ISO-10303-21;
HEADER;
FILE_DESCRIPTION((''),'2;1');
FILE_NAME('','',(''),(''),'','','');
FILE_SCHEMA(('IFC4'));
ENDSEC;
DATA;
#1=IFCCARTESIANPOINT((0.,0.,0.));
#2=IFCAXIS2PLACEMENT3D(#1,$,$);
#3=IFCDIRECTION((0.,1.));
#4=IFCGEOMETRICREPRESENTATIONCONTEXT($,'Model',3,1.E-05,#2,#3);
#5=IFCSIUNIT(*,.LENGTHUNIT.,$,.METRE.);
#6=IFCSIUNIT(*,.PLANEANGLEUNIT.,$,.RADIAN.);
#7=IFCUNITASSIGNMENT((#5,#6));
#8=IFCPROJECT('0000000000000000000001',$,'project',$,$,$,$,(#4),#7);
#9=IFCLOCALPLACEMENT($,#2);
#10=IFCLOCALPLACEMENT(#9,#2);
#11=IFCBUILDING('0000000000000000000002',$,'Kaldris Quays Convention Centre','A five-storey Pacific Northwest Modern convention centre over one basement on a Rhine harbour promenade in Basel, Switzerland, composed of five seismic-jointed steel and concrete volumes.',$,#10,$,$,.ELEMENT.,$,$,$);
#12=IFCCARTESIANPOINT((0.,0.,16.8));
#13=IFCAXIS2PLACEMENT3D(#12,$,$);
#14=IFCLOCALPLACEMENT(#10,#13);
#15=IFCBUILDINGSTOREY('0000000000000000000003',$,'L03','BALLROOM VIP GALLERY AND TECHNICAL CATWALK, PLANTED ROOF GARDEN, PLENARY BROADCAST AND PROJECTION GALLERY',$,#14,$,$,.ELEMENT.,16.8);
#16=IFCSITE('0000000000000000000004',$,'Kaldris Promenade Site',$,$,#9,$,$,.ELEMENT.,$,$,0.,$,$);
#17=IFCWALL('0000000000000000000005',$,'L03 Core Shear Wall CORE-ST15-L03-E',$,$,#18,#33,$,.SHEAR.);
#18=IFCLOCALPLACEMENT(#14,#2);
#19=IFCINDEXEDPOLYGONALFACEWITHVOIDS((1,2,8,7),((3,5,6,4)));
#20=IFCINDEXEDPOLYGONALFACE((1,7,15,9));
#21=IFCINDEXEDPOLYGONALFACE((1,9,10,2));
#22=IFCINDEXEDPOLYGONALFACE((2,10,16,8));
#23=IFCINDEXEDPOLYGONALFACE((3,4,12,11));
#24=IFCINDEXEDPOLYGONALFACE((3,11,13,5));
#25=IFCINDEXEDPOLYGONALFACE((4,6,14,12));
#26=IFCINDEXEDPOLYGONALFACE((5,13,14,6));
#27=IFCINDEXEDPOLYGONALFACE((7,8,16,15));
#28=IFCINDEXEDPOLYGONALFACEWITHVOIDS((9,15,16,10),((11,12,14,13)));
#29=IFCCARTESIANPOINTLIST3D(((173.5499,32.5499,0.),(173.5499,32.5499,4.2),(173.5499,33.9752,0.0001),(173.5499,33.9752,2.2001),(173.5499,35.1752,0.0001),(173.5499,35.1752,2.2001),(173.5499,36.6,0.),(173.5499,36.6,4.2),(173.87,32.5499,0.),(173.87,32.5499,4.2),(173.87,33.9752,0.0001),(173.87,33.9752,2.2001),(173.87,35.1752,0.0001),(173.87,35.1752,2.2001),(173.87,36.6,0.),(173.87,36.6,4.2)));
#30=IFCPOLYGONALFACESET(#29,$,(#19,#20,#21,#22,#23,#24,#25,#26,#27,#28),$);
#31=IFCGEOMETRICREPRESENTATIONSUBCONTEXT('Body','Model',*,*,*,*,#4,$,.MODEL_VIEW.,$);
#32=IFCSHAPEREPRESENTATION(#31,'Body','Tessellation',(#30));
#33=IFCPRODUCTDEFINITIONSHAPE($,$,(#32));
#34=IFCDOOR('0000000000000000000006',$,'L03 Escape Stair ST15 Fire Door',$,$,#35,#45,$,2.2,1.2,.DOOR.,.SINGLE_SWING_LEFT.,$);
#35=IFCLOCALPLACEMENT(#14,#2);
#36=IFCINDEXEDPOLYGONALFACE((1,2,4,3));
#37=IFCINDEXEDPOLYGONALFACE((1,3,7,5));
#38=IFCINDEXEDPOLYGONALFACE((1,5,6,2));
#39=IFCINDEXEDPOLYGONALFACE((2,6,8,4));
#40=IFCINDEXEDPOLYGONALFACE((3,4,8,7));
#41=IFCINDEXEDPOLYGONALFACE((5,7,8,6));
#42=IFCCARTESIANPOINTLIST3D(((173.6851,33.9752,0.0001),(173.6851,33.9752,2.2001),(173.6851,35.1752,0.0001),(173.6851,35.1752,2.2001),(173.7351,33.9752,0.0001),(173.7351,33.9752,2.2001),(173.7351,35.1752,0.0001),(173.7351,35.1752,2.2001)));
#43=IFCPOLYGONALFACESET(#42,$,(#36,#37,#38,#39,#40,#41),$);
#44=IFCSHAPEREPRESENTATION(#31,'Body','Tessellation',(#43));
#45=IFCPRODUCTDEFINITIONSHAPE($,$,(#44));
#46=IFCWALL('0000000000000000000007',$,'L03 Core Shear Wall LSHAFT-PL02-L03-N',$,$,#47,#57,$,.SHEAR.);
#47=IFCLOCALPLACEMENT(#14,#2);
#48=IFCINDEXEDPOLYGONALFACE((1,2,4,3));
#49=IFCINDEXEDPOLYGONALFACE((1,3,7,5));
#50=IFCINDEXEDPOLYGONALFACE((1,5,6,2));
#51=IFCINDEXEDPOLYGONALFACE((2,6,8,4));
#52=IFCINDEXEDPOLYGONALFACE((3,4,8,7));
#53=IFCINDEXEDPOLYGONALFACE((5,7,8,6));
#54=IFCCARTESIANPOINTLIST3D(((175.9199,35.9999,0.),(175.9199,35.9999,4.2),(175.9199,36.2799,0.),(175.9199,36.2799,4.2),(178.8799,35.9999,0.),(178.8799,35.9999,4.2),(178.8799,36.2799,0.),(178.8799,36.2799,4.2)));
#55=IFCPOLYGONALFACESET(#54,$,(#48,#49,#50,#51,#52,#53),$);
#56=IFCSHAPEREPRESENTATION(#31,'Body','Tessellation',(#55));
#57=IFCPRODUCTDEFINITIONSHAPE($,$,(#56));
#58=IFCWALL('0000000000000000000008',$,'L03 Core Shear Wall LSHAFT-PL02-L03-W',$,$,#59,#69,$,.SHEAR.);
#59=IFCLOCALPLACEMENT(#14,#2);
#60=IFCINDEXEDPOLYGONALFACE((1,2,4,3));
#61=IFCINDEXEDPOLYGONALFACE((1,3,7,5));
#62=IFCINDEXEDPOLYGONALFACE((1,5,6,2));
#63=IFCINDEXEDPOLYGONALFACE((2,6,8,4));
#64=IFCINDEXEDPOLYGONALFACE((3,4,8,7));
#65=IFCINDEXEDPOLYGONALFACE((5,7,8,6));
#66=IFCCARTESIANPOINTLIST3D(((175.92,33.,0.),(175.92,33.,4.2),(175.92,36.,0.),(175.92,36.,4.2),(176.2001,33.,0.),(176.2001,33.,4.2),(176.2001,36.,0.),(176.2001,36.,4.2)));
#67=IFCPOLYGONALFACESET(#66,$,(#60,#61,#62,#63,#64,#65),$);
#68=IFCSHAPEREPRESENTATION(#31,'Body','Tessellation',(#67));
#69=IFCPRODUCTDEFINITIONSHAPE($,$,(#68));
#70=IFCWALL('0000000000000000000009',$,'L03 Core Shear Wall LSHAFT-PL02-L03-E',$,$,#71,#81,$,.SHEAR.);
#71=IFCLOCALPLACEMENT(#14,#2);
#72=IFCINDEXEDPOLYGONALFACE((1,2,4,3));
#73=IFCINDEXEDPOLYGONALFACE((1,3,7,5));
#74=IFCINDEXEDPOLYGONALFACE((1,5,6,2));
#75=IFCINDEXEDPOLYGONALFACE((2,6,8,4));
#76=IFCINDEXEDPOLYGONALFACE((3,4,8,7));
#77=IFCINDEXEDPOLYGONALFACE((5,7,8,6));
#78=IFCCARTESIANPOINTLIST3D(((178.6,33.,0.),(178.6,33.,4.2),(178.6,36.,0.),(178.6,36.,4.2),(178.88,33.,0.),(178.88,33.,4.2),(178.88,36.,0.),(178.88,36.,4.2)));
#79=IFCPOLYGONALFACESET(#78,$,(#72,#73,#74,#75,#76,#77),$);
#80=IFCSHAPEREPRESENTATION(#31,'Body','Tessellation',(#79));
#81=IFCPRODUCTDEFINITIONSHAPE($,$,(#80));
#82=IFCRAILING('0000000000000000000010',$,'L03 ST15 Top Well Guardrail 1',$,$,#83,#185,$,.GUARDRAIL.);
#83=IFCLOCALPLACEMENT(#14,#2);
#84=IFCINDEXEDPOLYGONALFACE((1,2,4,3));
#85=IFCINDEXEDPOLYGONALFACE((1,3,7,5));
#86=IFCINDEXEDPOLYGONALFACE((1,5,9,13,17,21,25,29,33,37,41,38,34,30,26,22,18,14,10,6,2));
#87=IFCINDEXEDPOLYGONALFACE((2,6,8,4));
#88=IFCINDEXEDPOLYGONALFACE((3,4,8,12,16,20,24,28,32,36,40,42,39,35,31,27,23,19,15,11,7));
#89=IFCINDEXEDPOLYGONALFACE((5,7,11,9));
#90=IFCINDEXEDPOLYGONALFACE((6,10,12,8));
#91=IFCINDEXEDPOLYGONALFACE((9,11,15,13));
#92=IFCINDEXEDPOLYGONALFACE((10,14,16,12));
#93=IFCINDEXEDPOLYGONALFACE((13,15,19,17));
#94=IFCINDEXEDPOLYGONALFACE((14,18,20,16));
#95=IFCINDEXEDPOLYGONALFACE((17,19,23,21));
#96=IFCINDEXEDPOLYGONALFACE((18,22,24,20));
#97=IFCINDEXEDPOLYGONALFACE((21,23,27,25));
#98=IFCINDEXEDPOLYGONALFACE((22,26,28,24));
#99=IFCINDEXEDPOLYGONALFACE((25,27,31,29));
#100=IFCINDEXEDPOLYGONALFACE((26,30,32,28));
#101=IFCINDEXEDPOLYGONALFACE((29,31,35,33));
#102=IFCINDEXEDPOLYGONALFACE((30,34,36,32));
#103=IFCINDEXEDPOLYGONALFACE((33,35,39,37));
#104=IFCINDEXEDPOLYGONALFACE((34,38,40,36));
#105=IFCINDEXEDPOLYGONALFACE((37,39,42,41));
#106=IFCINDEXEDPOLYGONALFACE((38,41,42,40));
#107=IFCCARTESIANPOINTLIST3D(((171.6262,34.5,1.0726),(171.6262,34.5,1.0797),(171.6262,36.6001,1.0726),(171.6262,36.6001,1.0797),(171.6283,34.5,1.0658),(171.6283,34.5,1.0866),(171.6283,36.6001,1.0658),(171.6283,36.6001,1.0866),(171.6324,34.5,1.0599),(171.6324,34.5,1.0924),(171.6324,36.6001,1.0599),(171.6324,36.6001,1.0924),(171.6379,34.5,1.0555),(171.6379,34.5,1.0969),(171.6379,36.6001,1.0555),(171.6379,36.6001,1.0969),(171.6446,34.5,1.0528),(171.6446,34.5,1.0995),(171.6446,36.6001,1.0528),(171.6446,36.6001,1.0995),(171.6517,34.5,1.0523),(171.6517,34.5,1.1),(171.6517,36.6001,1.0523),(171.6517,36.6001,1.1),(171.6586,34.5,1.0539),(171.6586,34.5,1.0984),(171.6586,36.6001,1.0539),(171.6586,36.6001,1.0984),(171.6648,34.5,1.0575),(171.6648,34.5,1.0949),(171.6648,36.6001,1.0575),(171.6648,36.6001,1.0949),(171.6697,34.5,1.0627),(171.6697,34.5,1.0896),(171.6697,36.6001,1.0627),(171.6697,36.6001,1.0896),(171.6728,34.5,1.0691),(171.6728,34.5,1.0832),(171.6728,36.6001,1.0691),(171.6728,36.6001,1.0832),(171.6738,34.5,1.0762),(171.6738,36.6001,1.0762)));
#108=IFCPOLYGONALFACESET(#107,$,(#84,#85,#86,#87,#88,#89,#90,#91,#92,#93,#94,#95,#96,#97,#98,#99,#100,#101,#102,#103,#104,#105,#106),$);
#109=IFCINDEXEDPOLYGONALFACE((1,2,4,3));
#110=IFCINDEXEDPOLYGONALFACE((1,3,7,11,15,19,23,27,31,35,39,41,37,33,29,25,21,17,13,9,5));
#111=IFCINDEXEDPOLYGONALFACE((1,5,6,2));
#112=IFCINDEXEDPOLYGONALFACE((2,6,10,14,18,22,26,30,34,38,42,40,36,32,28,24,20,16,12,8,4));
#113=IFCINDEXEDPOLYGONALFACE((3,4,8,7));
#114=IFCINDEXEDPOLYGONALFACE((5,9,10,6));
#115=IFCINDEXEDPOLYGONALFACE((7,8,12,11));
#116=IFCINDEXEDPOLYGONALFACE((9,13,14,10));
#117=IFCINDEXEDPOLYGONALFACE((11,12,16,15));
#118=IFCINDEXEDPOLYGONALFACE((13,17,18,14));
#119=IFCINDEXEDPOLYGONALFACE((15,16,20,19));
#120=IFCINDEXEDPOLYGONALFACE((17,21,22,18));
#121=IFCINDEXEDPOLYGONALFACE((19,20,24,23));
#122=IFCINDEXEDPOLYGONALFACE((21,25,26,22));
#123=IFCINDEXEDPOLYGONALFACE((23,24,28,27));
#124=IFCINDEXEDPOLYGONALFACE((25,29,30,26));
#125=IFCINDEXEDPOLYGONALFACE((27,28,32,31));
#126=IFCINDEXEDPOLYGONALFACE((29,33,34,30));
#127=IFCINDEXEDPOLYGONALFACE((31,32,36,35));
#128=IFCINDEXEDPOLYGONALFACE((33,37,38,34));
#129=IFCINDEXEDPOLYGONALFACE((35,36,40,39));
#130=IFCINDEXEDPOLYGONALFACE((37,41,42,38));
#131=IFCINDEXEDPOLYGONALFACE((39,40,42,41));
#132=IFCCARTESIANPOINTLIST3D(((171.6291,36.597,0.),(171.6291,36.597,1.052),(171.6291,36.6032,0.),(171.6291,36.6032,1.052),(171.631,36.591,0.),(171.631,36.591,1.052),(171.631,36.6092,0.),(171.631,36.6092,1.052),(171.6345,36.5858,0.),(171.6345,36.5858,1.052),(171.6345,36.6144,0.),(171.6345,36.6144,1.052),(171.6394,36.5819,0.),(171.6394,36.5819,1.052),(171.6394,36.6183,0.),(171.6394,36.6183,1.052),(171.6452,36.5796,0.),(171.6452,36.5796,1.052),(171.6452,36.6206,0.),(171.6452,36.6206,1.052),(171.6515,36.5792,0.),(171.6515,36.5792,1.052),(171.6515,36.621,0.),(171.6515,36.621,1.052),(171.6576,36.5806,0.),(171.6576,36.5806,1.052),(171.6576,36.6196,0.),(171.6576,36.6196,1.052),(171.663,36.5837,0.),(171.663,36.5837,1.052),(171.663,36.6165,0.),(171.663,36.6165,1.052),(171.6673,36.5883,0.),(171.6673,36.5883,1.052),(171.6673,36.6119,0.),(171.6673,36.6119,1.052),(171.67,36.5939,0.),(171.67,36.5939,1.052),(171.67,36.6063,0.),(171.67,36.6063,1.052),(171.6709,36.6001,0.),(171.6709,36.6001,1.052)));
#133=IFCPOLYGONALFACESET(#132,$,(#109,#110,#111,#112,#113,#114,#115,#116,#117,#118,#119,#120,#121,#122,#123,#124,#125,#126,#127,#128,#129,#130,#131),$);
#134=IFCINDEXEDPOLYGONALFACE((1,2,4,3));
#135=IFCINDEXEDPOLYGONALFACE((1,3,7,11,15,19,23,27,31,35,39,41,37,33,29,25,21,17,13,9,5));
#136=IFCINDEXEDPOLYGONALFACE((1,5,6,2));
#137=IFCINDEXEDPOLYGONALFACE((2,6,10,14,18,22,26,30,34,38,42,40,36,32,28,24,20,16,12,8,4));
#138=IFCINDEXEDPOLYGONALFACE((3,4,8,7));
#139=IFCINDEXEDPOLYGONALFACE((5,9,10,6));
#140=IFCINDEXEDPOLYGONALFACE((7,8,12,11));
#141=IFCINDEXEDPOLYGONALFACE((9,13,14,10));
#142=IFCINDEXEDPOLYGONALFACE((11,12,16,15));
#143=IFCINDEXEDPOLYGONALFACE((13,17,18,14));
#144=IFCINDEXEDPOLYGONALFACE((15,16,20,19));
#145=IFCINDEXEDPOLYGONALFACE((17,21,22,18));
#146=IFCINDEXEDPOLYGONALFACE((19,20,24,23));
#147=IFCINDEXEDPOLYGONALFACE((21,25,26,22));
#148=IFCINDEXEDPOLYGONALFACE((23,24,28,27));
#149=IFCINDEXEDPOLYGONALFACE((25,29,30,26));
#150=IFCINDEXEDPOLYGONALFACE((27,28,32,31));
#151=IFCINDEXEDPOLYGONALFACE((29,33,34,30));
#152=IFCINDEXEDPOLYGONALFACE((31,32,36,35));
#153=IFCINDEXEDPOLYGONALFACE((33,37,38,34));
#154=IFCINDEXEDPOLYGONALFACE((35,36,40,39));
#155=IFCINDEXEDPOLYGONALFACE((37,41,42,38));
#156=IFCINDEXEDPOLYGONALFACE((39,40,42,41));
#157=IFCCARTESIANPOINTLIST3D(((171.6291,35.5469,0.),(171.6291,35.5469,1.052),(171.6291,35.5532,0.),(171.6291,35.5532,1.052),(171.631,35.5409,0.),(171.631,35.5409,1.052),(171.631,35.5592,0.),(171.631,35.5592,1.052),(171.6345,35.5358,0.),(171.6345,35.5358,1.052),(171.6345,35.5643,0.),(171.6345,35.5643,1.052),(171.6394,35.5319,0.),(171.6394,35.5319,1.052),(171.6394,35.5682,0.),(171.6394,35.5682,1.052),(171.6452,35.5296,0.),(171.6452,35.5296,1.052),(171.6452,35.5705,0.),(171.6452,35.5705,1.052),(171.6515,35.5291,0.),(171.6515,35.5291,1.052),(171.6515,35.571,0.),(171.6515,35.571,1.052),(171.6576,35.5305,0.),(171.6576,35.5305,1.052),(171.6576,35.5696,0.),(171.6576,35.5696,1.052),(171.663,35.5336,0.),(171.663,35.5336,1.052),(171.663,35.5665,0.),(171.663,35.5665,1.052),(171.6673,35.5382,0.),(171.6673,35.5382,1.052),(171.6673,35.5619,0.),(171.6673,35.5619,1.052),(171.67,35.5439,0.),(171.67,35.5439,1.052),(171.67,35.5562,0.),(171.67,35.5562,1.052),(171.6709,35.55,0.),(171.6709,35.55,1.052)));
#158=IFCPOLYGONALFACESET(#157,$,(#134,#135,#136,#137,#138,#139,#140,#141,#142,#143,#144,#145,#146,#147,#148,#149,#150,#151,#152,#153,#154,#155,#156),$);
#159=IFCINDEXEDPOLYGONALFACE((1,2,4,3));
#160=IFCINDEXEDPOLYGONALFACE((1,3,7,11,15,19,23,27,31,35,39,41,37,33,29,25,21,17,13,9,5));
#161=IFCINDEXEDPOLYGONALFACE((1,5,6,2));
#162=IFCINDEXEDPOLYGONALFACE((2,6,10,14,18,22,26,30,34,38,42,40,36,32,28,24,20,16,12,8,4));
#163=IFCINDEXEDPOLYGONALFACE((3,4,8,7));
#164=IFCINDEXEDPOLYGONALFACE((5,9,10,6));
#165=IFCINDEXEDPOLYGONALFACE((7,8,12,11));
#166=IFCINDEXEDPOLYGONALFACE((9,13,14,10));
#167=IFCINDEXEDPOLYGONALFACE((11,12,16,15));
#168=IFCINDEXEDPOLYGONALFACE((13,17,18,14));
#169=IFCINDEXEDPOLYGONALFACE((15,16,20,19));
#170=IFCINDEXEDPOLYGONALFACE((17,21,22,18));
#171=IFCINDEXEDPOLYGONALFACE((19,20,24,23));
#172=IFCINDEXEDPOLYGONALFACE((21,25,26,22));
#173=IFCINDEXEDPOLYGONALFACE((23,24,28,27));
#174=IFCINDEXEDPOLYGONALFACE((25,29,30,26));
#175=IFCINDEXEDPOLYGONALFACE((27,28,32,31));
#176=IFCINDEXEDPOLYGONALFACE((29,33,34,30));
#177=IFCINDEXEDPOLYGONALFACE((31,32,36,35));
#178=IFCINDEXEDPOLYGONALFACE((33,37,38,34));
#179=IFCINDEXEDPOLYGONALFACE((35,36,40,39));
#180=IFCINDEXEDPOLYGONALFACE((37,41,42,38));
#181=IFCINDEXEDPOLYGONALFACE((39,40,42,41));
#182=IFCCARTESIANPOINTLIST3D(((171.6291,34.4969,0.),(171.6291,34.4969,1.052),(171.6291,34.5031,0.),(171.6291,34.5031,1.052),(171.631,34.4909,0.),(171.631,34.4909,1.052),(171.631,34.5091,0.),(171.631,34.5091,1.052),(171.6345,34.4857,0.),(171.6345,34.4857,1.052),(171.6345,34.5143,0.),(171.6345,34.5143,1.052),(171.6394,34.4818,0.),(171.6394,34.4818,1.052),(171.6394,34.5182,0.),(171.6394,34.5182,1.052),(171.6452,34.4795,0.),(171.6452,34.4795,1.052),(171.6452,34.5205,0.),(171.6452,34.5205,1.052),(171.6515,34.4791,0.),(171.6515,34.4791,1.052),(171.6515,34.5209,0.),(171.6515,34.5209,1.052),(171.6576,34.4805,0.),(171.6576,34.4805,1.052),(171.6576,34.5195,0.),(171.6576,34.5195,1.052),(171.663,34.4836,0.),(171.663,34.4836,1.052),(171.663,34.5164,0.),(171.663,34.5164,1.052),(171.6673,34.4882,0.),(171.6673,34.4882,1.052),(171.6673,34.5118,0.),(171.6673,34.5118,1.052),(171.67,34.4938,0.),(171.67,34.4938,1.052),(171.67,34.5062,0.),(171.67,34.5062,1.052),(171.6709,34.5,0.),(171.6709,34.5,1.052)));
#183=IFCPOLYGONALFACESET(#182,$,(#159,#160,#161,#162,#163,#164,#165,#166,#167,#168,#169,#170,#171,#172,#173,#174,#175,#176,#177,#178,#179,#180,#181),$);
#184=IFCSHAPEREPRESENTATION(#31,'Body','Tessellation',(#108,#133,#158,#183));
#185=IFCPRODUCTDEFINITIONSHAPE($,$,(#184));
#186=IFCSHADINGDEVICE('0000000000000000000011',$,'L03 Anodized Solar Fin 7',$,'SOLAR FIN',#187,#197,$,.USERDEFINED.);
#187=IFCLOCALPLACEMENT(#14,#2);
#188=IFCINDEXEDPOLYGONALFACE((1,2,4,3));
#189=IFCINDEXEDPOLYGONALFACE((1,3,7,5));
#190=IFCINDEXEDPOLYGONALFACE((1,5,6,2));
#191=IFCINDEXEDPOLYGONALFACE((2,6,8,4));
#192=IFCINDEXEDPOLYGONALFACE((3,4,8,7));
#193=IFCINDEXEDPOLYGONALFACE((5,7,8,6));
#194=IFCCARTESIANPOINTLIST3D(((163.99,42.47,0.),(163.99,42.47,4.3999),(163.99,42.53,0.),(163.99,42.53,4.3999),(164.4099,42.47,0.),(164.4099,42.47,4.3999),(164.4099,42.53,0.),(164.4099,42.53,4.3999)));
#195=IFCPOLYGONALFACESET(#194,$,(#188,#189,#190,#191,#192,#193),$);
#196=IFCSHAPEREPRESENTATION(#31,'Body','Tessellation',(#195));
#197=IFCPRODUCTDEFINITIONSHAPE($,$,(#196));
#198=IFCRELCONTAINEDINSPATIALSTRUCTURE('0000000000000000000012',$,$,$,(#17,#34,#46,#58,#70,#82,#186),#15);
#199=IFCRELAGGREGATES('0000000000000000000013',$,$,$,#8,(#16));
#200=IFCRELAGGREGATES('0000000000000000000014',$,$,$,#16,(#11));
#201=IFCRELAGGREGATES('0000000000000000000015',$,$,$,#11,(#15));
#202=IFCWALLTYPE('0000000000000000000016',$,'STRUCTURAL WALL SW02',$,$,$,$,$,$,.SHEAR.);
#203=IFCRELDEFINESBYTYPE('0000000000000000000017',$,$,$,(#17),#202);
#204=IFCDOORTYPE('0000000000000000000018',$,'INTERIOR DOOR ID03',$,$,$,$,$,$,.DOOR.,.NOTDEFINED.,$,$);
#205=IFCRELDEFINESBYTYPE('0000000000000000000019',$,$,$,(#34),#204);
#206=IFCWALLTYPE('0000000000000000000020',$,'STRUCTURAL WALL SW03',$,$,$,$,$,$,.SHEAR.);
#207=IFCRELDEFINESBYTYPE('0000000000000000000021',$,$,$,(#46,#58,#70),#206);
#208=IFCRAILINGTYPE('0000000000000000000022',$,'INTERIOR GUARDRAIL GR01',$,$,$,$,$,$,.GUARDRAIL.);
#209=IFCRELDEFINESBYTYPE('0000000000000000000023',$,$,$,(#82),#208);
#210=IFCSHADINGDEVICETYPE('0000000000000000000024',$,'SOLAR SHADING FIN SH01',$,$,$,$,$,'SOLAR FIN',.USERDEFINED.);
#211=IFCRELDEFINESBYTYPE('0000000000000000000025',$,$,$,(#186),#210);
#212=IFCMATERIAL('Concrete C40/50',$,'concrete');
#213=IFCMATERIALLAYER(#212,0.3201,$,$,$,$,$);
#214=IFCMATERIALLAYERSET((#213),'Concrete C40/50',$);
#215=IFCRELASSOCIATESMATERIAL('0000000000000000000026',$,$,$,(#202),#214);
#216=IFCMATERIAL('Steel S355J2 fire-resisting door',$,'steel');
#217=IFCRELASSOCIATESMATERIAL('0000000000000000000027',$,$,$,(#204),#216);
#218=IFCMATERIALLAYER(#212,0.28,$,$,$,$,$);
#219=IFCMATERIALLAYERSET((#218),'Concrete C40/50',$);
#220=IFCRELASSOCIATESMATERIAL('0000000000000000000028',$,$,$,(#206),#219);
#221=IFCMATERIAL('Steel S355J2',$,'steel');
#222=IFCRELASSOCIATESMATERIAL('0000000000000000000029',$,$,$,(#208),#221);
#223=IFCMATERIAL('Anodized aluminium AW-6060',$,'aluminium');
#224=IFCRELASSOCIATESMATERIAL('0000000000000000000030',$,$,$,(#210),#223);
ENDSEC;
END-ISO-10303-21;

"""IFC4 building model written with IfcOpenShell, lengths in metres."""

from ifc_helpers import new_model, si_unit, direction, frame, frame_2d, origin, origin_2d, place, context, subcontext, project, spatial, rectangle, circle, extrude, material, layer, layer_set, type_object, element, fill, save


model = new_model("IFC4")

# Units and contexts
model_context = context("Model", 3, precision=1e-05, world=origin(), true_north=direction((0.0, 1.0)))
body_context = subcontext(model_context, "Body", "Model", "MODEL_VIEW")
ifc_project = project(units=[si_unit("LENGTHUNIT", "METRE"), si_unit("PLANEANGLEUNIT", "RADIAN")], contexts=[model_context])

# Site, building, storey
site_placement = place(None, origin())
site = spatial("IfcSite", under=ifc_project, at=site_placement, Name="Kaldris Promenade Site", CompositionType="ELEMENT", RefElevation=0.0)
building_placement = place(site_placement, origin())
building = spatial("IfcBuilding", under=site, at=building_placement, Name="Kaldris Quays Convention Centre", Description="A five-storey Pacific Northwest Modern convention centre over one basement on a Rhine harbour promenade in Basel, Switzerland, composed of five seismic-jointed steel and concrete volumes.", CompositionType="ELEMENT")
storey_placement = place(building_placement, frame((0.0, 0.0, 16.8)))
storey = spatial("IfcBuildingStorey", under=building, at=storey_placement, Name="L03", Description="BALLROOM VIP GALLERY AND TECHNICAL CATWALK, PLANTED ROOF GARDEN, PLENARY BROADCAST AND PROJECTION GALLERY", CompositionType="ELEMENT", Elevation=16.8)

# Shared definitions
ifc_material_1 = material(Name="Anodized aluminium AW-6060", Category="aluminium")

# Shared definitions
ifc_material_2 = material(Name="Concrete C40/50", Category="concrete")
ifc_layer_1 = layer(ifc_material_2, 0.3201)
ifc_layer_set_1 = layer_set([ifc_layer_1], Name="Concrete C40/50")
wall_type_1 = type_object("IfcWallType", Name="STRUCTURAL WALL SW02", PredefinedType="SHEAR", material=ifc_layer_set_1)

# Wall, opening, door
wall_1_placement = place(storey_placement, frame((173.71, 32.55, 0.0), z_axis=(0.0, 0.0, 1.0), x_axis=(0.0, 1.0, 0.0)))
wall_1 = element("IfcWall", 1, at=wall_1_placement, inside=storey, type_object=wall_type_1, Name="L03 Core Shear Wall CORE-ST15-L03-E", PredefinedType="SHEAR", context=body_context, shape_type="SweptSolid", body=[
    extrude(rectangle(XDim=4.05, YDim=0.3201, at=frame_2d((2.0249, 0.0))), origin(), (0.0, 0.0, 1.0), 4.2),
])
opening_1_placement = place(wall_1_placement, frame((1.425, 0.0, 0.0)))
opening_1 = element("IfcOpeningElement", 2, at=opening_1_placement, cuts=wall_1, PredefinedType="OPENING", context=body_context, shape_type="SweptSolid", body=[
    extrude(rectangle(XDim=1.2, YDim=2.2, at=frame_2d((0.6001, 1.1001))), frame((0.0, 0.1699, 0.0), z_axis=(0.0, -1.0, 0.0), x_axis=(1.0, 0.0, 0.0)), (0.0, 0.0, 1.0), 0.3401),
])
ifc_material_3 = material(Name="Steel S355J2 fire-resisting door", Category="steel")
door_type_1 = type_object("IfcDoorType", Name="INTERIOR DOOR ID03", OperationType="NOTDEFINED", PredefinedType="DOOR", material=ifc_material_3)
door_1_placement = place(opening_1_placement, origin())
door_1 = element("IfcDoor", 3, at=door_1_placement, inside=storey, type_object=door_type_1, Name="L03 Escape Stair ST15 Fire Door", OperationType="SINGLE_SWING_LEFT", OverallHeight=2.2, OverallWidth=1.2, PredefinedType="DOOR", context=body_context, shape_type="SweptSolid", body=[
    extrude(rectangle(XDim=1.2, YDim=2.2, at=frame_2d((0.6001, 1.1001))), frame((0.0, 0.0249, 0.0), z_axis=(0.0, -1.0, 0.0), x_axis=(1.0, 0.0, 0.0)), (0.0, 0.0, 1.0), 0.05),
])
fill(opening_1, door_1)
ifc_layer_2 = layer(ifc_material_2, 0.28)
ifc_layer_set_2 = layer_set([ifc_layer_2], Name="Concrete C40/50")
wall_type_2 = type_object("IfcWallType", Name="STRUCTURAL WALL SW03", PredefinedType="SHEAR", material=ifc_layer_set_2)

# Walls
wall_2_placement = place(storey_placement, frame((175.9199, 36.1399, 0.0), z_axis=(0.0, 0.0, 1.0), x_axis=(1.0, 0.0, 0.0)))
element("IfcWall", 4, at=wall_2_placement, inside=storey, type_object=wall_type_2, Name="L03 Core Shear Wall LSHAFT-PL02-L03-N", PredefinedType="SHEAR", context=body_context, shape_type="SweptSolid", body=[
    extrude(rectangle(XDim=2.96, YDim=0.28, at=frame_2d((1.48, 0.0))), origin(), (0.0, 0.0, 1.0), 4.2),
])
for number, where, z_axis, x_axis, name in (
    (5, (176.0601, 33.0, 0.0), (0.0, 0.0, 1.0), (0.0, 1.0, 0.0), "L03 Core Shear Wall LSHAFT-PL02-L03-W"),
    (6, (178.74, 33.0, 0.0), (0.0, 0.0, 1.0), (0.0, 1.0, 0.0), "L03 Core Shear Wall LSHAFT-PL02-L03-E"),
):
    element("IfcWall", number, at=place(storey_placement, frame(where, z_axis=z_axis, x_axis=x_axis)), inside=storey, type_object=wall_type_2, Name=name, PredefinedType="SHEAR", context=body_context, shape_type="SweptSolid", body=[
        extrude(rectangle(XDim=3.0, YDim=0.28, at=frame_2d((1.5, 0.0))), origin(), (0.0, 0.0, 1.0), 4.2),
    ])

# Railing
ifc_material_4 = material(Name="Steel S355J2", Category="steel")
railing_type_1 = type_object("IfcRailingType", Name="INTERIOR GUARDRAIL GR01", PredefinedType="GUARDRAIL", material=ifc_material_4)
railing_1_placement = place(storey_placement, frame((171.6499, 36.6001, 0.0)))
element("IfcRailing", 7, at=railing_1_placement, inside=storey, type_object=railing_type_1, Name="L03 ST15 Top Well Guardrail 1", PredefinedType="GUARDRAIL", context=body_context, shape_type="SweptSolid", body=[
    extrude(circle(Radius=0.0239, at=origin_2d()), frame((0.0, 0.0, 1.0762), z_axis=(0.0, -1.0, 0.0), x_axis=(1.0, 0.0, 0.0)), (0.0, 0.0, 1.0), 2.1001),
    extrude(circle(Radius=0.021, at=origin_2d()), origin(), (0.0, 0.0, 1.0), 1.052),
    extrude(circle(Radius=0.021, at=origin_2d()), frame((0.0, -1.05, 0.0)), (0.0, 0.0, 1.0), 1.052),
    extrude(circle(Radius=0.021, at=origin_2d()), frame((0.0, -2.1001, 0.0)), (0.0, 0.0, 1.0), 1.052),
])

# Shading device
shading_device_type = type_object("IfcShadingDeviceType", Name="SOLAR SHADING FIN SH01", ElementType="SOLAR FIN", PredefinedType="USERDEFINED", material=ifc_material_1)
shading_device_placement = place(storey_placement, frame((164.2, 42.5, 0.0), z_axis=(0.0, 0.0, 1.0), x_axis=(1.0, 0.0, 0.0)))
element("IfcShadingDevice", 8, at=shading_device_placement, inside=storey, type_object=shading_device_type, Name="L03 Anodized Solar Fin 7", ObjectType="SOLAR FIN", PredefinedType="USERDEFINED", context=body_context, shape_type="SweptSolid", body=[
    extrude(rectangle(XDim=0.4199, YDim=0.0601, at=origin_2d()), origin(), (0.0, 0.0, 1.0), 4.3999),
])

save(model, "model.ifc")
